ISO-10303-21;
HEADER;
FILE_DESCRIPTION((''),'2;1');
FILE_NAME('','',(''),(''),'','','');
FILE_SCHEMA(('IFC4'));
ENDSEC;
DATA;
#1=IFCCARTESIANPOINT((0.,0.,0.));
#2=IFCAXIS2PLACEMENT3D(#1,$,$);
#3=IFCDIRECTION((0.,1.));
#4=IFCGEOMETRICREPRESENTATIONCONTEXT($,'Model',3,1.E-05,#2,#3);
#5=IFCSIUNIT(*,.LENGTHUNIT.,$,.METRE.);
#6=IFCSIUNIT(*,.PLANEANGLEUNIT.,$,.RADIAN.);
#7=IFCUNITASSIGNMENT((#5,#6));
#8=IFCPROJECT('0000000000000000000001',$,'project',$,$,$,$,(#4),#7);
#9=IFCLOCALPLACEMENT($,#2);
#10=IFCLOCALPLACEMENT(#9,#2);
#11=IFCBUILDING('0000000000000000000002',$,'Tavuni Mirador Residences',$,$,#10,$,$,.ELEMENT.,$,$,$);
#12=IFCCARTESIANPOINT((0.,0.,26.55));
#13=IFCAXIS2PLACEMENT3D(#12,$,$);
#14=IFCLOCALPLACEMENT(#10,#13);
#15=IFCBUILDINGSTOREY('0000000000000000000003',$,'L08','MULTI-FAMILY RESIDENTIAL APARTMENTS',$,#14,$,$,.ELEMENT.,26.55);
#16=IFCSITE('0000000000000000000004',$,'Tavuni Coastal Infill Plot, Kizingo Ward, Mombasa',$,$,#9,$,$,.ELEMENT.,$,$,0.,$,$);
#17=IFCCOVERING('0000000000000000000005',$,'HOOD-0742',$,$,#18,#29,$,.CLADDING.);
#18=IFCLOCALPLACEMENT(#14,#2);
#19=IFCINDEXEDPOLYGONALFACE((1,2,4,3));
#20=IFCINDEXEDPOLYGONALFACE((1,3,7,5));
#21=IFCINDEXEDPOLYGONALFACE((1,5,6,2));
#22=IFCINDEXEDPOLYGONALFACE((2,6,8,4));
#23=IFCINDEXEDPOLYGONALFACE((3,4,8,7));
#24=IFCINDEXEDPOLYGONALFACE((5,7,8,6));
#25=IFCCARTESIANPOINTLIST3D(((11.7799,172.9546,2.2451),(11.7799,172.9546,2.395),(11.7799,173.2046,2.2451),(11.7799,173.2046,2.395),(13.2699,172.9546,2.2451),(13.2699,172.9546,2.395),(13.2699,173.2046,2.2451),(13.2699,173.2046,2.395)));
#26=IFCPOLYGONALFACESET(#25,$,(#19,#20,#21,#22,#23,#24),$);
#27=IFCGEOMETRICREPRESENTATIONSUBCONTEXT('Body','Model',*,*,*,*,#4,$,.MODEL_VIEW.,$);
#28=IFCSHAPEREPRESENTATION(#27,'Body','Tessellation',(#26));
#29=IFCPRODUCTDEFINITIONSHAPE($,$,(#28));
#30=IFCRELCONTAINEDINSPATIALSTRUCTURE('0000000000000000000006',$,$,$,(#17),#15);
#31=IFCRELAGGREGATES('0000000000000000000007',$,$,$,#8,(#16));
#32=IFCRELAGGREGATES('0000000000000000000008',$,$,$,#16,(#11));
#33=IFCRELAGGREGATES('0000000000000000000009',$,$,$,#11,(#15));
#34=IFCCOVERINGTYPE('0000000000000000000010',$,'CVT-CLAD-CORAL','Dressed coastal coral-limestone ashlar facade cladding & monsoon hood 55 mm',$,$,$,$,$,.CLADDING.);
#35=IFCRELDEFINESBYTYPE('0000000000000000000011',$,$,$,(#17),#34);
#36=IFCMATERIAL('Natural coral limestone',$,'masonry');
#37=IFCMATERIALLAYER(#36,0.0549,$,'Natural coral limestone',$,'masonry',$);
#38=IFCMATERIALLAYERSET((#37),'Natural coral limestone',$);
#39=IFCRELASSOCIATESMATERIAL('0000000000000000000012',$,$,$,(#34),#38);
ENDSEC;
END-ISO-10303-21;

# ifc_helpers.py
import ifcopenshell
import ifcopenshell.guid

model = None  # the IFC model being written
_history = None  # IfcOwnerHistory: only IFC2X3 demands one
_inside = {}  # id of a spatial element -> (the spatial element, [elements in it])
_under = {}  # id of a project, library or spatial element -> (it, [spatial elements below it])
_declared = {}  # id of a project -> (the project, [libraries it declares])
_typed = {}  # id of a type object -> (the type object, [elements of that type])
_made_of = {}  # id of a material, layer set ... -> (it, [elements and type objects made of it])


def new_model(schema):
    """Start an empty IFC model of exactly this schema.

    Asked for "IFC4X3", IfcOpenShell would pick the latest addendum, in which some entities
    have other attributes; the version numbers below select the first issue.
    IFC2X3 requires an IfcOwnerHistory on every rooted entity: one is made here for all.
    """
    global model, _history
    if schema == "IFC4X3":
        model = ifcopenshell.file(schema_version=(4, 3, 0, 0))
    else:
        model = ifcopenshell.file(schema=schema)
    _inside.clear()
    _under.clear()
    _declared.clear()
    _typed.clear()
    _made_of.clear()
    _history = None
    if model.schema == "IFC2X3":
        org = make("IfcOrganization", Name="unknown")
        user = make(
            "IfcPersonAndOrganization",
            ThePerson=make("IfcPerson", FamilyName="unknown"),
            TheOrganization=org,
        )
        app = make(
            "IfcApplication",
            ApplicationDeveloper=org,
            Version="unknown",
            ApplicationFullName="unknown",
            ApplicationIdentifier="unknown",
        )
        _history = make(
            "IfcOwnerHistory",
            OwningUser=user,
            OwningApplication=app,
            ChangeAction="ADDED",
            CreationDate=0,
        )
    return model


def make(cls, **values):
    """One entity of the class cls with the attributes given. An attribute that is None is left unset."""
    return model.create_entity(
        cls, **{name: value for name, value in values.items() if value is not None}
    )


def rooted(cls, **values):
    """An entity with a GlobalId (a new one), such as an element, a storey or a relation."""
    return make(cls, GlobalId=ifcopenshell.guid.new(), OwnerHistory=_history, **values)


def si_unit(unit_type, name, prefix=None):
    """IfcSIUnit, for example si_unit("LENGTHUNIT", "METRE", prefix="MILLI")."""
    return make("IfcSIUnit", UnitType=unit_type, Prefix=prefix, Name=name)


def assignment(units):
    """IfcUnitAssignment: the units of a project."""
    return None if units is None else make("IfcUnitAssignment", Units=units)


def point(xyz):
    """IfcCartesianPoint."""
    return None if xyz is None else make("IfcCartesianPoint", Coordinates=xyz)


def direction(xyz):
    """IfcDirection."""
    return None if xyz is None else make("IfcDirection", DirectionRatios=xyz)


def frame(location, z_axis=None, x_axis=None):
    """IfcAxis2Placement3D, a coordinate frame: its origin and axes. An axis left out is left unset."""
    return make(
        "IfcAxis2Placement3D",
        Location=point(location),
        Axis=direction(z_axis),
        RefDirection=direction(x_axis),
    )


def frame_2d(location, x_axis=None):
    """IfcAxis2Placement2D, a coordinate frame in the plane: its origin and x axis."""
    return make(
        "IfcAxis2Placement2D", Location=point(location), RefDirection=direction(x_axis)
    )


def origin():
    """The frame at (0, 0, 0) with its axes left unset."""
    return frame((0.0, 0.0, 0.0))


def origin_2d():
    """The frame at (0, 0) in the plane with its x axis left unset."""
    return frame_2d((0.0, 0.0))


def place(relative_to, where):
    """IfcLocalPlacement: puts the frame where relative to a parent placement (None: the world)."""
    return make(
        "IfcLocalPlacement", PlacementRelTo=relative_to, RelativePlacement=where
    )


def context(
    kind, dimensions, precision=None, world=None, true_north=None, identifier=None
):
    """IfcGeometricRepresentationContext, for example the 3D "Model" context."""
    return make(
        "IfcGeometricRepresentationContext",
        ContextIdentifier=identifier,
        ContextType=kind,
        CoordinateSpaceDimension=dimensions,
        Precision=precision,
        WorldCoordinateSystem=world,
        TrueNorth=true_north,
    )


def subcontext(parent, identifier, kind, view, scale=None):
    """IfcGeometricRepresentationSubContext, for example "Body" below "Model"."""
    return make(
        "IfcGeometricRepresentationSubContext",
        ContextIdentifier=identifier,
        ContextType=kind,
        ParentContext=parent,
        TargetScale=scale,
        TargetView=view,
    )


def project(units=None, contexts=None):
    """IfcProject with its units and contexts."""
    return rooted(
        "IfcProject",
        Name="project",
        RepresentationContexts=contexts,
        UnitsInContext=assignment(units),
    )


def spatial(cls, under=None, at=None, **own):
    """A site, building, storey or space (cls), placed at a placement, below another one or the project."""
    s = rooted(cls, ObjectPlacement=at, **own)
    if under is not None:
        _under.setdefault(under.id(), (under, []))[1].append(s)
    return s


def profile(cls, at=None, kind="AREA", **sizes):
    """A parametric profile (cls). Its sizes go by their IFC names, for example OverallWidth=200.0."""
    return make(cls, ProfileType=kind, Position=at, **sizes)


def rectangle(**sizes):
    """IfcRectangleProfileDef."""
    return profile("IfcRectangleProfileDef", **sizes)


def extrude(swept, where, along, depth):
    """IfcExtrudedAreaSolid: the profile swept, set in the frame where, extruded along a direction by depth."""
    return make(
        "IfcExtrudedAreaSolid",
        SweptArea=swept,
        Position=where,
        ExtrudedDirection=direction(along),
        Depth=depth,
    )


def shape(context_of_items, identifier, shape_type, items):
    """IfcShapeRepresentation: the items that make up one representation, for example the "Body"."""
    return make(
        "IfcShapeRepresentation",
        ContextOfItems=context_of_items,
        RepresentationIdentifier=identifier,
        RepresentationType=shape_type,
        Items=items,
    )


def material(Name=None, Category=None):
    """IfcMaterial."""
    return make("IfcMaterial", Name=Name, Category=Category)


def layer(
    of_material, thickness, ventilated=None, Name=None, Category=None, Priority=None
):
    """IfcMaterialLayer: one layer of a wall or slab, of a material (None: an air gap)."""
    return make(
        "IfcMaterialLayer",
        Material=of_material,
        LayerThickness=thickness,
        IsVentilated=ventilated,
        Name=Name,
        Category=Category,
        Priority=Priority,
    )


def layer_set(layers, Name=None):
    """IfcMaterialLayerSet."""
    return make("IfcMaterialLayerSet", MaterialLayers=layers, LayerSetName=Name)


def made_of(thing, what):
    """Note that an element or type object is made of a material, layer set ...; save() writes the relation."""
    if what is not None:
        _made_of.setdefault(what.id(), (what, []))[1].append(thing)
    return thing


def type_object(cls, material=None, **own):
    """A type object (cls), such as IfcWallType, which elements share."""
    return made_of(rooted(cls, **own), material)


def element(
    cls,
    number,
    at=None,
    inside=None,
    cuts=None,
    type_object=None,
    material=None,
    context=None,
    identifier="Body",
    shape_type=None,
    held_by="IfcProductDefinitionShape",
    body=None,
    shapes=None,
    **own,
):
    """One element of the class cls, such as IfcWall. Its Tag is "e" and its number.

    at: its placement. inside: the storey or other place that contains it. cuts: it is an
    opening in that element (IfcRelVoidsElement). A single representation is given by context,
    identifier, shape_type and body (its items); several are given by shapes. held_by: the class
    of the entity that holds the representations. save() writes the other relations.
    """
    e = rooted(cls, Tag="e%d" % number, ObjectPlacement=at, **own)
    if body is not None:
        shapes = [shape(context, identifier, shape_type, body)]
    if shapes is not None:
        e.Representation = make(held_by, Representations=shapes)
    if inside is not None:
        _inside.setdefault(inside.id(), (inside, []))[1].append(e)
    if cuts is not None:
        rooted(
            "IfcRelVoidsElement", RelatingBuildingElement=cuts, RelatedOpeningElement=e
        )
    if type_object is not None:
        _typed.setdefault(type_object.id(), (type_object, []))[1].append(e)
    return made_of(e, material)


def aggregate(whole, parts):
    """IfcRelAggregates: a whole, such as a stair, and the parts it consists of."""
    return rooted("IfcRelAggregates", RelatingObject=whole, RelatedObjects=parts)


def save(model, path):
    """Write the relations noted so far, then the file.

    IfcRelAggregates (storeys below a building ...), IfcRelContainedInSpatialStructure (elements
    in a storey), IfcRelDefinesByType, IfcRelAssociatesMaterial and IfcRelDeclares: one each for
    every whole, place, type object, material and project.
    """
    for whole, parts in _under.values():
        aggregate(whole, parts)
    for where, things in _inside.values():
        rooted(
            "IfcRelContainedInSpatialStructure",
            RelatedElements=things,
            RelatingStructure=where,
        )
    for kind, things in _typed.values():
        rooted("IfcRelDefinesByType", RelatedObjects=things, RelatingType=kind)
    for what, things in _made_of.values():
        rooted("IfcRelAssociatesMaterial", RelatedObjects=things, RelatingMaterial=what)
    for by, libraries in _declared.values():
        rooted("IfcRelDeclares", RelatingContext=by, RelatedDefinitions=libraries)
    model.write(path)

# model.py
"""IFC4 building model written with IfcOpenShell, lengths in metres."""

from ifc_helpers import new_model, si_unit, direction, frame, origin, origin_2d, place, context, subcontext, project, spatial, rectangle, extrude, material, layer, layer_set, type_object, element, save


model = new_model("IFC4")

# Units and contexts
model_context = context("Model", 3, precision=1e-05, world=origin(), true_north=direction((0.0, 1.0)))
body_context = subcontext(model_context, "Body", "Model", "MODEL_VIEW")
ifc_project = project(units=[si_unit("LENGTHUNIT", "METRE"), si_unit("PLANEANGLEUNIT", "RADIAN")], contexts=[model_context])

# Site, building, storey
site_placement = place(None, origin())
site = spatial("IfcSite", under=ifc_project, at=site_placement, Name="Tavuni Coastal Infill Plot, Kizingo Ward, Mombasa", CompositionType="ELEMENT", RefElevation=0.0)
building_placement = place(site_placement, origin())
building = spatial("IfcBuilding", under=site, at=building_placement, Name="Tavuni Mirador Residences", CompositionType="ELEMENT")
storey_placement = place(building_placement, frame((0.0, 0.0, 26.55)))
storey = spatial("IfcBuildingStorey", under=building, at=storey_placement, Name="L08", Description="MULTI-FAMILY RESIDENTIAL APARTMENTS", CompositionType="ELEMENT", Elevation=26.55)

# Covering
ifc_material_1 = material(Name="Natural coral limestone", Category="masonry")
ifc_layer_1 = layer(ifc_material_1, 0.0549, Name="Natural coral limestone", Category="masonry")
ifc_layer_set_1 = layer_set([ifc_layer_1], Name="Natural coral limestone")
covering_type = type_object("IfcCoveringType", Name="CVT-CLAD-CORAL", Description="Dressed coastal coral-limestone ashlar facade cladding & monsoon hood 55 mm", PredefinedType="CLADDING", material=ifc_layer_set_1)
covering_1_placement = place(storey_placement, frame((12.5249, 173.0796, 2.2451), z_axis=(0.0, 0.0, 1.0), x_axis=(-1.0, 0.0, 0.0)))
element("IfcCovering", 1, at=covering_1_placement, inside=storey, type_object=covering_type, Name="HOOD-0742", PredefinedType="CLADDING", context=body_context, shape_type="SweptSolid", body=[
    extrude(rectangle(XDim=1.49, YDim=0.25, at=origin_2d()), origin(), (0.0, 0.0, 1.0), 0.1499),
])

save(model, "model.ifc")
